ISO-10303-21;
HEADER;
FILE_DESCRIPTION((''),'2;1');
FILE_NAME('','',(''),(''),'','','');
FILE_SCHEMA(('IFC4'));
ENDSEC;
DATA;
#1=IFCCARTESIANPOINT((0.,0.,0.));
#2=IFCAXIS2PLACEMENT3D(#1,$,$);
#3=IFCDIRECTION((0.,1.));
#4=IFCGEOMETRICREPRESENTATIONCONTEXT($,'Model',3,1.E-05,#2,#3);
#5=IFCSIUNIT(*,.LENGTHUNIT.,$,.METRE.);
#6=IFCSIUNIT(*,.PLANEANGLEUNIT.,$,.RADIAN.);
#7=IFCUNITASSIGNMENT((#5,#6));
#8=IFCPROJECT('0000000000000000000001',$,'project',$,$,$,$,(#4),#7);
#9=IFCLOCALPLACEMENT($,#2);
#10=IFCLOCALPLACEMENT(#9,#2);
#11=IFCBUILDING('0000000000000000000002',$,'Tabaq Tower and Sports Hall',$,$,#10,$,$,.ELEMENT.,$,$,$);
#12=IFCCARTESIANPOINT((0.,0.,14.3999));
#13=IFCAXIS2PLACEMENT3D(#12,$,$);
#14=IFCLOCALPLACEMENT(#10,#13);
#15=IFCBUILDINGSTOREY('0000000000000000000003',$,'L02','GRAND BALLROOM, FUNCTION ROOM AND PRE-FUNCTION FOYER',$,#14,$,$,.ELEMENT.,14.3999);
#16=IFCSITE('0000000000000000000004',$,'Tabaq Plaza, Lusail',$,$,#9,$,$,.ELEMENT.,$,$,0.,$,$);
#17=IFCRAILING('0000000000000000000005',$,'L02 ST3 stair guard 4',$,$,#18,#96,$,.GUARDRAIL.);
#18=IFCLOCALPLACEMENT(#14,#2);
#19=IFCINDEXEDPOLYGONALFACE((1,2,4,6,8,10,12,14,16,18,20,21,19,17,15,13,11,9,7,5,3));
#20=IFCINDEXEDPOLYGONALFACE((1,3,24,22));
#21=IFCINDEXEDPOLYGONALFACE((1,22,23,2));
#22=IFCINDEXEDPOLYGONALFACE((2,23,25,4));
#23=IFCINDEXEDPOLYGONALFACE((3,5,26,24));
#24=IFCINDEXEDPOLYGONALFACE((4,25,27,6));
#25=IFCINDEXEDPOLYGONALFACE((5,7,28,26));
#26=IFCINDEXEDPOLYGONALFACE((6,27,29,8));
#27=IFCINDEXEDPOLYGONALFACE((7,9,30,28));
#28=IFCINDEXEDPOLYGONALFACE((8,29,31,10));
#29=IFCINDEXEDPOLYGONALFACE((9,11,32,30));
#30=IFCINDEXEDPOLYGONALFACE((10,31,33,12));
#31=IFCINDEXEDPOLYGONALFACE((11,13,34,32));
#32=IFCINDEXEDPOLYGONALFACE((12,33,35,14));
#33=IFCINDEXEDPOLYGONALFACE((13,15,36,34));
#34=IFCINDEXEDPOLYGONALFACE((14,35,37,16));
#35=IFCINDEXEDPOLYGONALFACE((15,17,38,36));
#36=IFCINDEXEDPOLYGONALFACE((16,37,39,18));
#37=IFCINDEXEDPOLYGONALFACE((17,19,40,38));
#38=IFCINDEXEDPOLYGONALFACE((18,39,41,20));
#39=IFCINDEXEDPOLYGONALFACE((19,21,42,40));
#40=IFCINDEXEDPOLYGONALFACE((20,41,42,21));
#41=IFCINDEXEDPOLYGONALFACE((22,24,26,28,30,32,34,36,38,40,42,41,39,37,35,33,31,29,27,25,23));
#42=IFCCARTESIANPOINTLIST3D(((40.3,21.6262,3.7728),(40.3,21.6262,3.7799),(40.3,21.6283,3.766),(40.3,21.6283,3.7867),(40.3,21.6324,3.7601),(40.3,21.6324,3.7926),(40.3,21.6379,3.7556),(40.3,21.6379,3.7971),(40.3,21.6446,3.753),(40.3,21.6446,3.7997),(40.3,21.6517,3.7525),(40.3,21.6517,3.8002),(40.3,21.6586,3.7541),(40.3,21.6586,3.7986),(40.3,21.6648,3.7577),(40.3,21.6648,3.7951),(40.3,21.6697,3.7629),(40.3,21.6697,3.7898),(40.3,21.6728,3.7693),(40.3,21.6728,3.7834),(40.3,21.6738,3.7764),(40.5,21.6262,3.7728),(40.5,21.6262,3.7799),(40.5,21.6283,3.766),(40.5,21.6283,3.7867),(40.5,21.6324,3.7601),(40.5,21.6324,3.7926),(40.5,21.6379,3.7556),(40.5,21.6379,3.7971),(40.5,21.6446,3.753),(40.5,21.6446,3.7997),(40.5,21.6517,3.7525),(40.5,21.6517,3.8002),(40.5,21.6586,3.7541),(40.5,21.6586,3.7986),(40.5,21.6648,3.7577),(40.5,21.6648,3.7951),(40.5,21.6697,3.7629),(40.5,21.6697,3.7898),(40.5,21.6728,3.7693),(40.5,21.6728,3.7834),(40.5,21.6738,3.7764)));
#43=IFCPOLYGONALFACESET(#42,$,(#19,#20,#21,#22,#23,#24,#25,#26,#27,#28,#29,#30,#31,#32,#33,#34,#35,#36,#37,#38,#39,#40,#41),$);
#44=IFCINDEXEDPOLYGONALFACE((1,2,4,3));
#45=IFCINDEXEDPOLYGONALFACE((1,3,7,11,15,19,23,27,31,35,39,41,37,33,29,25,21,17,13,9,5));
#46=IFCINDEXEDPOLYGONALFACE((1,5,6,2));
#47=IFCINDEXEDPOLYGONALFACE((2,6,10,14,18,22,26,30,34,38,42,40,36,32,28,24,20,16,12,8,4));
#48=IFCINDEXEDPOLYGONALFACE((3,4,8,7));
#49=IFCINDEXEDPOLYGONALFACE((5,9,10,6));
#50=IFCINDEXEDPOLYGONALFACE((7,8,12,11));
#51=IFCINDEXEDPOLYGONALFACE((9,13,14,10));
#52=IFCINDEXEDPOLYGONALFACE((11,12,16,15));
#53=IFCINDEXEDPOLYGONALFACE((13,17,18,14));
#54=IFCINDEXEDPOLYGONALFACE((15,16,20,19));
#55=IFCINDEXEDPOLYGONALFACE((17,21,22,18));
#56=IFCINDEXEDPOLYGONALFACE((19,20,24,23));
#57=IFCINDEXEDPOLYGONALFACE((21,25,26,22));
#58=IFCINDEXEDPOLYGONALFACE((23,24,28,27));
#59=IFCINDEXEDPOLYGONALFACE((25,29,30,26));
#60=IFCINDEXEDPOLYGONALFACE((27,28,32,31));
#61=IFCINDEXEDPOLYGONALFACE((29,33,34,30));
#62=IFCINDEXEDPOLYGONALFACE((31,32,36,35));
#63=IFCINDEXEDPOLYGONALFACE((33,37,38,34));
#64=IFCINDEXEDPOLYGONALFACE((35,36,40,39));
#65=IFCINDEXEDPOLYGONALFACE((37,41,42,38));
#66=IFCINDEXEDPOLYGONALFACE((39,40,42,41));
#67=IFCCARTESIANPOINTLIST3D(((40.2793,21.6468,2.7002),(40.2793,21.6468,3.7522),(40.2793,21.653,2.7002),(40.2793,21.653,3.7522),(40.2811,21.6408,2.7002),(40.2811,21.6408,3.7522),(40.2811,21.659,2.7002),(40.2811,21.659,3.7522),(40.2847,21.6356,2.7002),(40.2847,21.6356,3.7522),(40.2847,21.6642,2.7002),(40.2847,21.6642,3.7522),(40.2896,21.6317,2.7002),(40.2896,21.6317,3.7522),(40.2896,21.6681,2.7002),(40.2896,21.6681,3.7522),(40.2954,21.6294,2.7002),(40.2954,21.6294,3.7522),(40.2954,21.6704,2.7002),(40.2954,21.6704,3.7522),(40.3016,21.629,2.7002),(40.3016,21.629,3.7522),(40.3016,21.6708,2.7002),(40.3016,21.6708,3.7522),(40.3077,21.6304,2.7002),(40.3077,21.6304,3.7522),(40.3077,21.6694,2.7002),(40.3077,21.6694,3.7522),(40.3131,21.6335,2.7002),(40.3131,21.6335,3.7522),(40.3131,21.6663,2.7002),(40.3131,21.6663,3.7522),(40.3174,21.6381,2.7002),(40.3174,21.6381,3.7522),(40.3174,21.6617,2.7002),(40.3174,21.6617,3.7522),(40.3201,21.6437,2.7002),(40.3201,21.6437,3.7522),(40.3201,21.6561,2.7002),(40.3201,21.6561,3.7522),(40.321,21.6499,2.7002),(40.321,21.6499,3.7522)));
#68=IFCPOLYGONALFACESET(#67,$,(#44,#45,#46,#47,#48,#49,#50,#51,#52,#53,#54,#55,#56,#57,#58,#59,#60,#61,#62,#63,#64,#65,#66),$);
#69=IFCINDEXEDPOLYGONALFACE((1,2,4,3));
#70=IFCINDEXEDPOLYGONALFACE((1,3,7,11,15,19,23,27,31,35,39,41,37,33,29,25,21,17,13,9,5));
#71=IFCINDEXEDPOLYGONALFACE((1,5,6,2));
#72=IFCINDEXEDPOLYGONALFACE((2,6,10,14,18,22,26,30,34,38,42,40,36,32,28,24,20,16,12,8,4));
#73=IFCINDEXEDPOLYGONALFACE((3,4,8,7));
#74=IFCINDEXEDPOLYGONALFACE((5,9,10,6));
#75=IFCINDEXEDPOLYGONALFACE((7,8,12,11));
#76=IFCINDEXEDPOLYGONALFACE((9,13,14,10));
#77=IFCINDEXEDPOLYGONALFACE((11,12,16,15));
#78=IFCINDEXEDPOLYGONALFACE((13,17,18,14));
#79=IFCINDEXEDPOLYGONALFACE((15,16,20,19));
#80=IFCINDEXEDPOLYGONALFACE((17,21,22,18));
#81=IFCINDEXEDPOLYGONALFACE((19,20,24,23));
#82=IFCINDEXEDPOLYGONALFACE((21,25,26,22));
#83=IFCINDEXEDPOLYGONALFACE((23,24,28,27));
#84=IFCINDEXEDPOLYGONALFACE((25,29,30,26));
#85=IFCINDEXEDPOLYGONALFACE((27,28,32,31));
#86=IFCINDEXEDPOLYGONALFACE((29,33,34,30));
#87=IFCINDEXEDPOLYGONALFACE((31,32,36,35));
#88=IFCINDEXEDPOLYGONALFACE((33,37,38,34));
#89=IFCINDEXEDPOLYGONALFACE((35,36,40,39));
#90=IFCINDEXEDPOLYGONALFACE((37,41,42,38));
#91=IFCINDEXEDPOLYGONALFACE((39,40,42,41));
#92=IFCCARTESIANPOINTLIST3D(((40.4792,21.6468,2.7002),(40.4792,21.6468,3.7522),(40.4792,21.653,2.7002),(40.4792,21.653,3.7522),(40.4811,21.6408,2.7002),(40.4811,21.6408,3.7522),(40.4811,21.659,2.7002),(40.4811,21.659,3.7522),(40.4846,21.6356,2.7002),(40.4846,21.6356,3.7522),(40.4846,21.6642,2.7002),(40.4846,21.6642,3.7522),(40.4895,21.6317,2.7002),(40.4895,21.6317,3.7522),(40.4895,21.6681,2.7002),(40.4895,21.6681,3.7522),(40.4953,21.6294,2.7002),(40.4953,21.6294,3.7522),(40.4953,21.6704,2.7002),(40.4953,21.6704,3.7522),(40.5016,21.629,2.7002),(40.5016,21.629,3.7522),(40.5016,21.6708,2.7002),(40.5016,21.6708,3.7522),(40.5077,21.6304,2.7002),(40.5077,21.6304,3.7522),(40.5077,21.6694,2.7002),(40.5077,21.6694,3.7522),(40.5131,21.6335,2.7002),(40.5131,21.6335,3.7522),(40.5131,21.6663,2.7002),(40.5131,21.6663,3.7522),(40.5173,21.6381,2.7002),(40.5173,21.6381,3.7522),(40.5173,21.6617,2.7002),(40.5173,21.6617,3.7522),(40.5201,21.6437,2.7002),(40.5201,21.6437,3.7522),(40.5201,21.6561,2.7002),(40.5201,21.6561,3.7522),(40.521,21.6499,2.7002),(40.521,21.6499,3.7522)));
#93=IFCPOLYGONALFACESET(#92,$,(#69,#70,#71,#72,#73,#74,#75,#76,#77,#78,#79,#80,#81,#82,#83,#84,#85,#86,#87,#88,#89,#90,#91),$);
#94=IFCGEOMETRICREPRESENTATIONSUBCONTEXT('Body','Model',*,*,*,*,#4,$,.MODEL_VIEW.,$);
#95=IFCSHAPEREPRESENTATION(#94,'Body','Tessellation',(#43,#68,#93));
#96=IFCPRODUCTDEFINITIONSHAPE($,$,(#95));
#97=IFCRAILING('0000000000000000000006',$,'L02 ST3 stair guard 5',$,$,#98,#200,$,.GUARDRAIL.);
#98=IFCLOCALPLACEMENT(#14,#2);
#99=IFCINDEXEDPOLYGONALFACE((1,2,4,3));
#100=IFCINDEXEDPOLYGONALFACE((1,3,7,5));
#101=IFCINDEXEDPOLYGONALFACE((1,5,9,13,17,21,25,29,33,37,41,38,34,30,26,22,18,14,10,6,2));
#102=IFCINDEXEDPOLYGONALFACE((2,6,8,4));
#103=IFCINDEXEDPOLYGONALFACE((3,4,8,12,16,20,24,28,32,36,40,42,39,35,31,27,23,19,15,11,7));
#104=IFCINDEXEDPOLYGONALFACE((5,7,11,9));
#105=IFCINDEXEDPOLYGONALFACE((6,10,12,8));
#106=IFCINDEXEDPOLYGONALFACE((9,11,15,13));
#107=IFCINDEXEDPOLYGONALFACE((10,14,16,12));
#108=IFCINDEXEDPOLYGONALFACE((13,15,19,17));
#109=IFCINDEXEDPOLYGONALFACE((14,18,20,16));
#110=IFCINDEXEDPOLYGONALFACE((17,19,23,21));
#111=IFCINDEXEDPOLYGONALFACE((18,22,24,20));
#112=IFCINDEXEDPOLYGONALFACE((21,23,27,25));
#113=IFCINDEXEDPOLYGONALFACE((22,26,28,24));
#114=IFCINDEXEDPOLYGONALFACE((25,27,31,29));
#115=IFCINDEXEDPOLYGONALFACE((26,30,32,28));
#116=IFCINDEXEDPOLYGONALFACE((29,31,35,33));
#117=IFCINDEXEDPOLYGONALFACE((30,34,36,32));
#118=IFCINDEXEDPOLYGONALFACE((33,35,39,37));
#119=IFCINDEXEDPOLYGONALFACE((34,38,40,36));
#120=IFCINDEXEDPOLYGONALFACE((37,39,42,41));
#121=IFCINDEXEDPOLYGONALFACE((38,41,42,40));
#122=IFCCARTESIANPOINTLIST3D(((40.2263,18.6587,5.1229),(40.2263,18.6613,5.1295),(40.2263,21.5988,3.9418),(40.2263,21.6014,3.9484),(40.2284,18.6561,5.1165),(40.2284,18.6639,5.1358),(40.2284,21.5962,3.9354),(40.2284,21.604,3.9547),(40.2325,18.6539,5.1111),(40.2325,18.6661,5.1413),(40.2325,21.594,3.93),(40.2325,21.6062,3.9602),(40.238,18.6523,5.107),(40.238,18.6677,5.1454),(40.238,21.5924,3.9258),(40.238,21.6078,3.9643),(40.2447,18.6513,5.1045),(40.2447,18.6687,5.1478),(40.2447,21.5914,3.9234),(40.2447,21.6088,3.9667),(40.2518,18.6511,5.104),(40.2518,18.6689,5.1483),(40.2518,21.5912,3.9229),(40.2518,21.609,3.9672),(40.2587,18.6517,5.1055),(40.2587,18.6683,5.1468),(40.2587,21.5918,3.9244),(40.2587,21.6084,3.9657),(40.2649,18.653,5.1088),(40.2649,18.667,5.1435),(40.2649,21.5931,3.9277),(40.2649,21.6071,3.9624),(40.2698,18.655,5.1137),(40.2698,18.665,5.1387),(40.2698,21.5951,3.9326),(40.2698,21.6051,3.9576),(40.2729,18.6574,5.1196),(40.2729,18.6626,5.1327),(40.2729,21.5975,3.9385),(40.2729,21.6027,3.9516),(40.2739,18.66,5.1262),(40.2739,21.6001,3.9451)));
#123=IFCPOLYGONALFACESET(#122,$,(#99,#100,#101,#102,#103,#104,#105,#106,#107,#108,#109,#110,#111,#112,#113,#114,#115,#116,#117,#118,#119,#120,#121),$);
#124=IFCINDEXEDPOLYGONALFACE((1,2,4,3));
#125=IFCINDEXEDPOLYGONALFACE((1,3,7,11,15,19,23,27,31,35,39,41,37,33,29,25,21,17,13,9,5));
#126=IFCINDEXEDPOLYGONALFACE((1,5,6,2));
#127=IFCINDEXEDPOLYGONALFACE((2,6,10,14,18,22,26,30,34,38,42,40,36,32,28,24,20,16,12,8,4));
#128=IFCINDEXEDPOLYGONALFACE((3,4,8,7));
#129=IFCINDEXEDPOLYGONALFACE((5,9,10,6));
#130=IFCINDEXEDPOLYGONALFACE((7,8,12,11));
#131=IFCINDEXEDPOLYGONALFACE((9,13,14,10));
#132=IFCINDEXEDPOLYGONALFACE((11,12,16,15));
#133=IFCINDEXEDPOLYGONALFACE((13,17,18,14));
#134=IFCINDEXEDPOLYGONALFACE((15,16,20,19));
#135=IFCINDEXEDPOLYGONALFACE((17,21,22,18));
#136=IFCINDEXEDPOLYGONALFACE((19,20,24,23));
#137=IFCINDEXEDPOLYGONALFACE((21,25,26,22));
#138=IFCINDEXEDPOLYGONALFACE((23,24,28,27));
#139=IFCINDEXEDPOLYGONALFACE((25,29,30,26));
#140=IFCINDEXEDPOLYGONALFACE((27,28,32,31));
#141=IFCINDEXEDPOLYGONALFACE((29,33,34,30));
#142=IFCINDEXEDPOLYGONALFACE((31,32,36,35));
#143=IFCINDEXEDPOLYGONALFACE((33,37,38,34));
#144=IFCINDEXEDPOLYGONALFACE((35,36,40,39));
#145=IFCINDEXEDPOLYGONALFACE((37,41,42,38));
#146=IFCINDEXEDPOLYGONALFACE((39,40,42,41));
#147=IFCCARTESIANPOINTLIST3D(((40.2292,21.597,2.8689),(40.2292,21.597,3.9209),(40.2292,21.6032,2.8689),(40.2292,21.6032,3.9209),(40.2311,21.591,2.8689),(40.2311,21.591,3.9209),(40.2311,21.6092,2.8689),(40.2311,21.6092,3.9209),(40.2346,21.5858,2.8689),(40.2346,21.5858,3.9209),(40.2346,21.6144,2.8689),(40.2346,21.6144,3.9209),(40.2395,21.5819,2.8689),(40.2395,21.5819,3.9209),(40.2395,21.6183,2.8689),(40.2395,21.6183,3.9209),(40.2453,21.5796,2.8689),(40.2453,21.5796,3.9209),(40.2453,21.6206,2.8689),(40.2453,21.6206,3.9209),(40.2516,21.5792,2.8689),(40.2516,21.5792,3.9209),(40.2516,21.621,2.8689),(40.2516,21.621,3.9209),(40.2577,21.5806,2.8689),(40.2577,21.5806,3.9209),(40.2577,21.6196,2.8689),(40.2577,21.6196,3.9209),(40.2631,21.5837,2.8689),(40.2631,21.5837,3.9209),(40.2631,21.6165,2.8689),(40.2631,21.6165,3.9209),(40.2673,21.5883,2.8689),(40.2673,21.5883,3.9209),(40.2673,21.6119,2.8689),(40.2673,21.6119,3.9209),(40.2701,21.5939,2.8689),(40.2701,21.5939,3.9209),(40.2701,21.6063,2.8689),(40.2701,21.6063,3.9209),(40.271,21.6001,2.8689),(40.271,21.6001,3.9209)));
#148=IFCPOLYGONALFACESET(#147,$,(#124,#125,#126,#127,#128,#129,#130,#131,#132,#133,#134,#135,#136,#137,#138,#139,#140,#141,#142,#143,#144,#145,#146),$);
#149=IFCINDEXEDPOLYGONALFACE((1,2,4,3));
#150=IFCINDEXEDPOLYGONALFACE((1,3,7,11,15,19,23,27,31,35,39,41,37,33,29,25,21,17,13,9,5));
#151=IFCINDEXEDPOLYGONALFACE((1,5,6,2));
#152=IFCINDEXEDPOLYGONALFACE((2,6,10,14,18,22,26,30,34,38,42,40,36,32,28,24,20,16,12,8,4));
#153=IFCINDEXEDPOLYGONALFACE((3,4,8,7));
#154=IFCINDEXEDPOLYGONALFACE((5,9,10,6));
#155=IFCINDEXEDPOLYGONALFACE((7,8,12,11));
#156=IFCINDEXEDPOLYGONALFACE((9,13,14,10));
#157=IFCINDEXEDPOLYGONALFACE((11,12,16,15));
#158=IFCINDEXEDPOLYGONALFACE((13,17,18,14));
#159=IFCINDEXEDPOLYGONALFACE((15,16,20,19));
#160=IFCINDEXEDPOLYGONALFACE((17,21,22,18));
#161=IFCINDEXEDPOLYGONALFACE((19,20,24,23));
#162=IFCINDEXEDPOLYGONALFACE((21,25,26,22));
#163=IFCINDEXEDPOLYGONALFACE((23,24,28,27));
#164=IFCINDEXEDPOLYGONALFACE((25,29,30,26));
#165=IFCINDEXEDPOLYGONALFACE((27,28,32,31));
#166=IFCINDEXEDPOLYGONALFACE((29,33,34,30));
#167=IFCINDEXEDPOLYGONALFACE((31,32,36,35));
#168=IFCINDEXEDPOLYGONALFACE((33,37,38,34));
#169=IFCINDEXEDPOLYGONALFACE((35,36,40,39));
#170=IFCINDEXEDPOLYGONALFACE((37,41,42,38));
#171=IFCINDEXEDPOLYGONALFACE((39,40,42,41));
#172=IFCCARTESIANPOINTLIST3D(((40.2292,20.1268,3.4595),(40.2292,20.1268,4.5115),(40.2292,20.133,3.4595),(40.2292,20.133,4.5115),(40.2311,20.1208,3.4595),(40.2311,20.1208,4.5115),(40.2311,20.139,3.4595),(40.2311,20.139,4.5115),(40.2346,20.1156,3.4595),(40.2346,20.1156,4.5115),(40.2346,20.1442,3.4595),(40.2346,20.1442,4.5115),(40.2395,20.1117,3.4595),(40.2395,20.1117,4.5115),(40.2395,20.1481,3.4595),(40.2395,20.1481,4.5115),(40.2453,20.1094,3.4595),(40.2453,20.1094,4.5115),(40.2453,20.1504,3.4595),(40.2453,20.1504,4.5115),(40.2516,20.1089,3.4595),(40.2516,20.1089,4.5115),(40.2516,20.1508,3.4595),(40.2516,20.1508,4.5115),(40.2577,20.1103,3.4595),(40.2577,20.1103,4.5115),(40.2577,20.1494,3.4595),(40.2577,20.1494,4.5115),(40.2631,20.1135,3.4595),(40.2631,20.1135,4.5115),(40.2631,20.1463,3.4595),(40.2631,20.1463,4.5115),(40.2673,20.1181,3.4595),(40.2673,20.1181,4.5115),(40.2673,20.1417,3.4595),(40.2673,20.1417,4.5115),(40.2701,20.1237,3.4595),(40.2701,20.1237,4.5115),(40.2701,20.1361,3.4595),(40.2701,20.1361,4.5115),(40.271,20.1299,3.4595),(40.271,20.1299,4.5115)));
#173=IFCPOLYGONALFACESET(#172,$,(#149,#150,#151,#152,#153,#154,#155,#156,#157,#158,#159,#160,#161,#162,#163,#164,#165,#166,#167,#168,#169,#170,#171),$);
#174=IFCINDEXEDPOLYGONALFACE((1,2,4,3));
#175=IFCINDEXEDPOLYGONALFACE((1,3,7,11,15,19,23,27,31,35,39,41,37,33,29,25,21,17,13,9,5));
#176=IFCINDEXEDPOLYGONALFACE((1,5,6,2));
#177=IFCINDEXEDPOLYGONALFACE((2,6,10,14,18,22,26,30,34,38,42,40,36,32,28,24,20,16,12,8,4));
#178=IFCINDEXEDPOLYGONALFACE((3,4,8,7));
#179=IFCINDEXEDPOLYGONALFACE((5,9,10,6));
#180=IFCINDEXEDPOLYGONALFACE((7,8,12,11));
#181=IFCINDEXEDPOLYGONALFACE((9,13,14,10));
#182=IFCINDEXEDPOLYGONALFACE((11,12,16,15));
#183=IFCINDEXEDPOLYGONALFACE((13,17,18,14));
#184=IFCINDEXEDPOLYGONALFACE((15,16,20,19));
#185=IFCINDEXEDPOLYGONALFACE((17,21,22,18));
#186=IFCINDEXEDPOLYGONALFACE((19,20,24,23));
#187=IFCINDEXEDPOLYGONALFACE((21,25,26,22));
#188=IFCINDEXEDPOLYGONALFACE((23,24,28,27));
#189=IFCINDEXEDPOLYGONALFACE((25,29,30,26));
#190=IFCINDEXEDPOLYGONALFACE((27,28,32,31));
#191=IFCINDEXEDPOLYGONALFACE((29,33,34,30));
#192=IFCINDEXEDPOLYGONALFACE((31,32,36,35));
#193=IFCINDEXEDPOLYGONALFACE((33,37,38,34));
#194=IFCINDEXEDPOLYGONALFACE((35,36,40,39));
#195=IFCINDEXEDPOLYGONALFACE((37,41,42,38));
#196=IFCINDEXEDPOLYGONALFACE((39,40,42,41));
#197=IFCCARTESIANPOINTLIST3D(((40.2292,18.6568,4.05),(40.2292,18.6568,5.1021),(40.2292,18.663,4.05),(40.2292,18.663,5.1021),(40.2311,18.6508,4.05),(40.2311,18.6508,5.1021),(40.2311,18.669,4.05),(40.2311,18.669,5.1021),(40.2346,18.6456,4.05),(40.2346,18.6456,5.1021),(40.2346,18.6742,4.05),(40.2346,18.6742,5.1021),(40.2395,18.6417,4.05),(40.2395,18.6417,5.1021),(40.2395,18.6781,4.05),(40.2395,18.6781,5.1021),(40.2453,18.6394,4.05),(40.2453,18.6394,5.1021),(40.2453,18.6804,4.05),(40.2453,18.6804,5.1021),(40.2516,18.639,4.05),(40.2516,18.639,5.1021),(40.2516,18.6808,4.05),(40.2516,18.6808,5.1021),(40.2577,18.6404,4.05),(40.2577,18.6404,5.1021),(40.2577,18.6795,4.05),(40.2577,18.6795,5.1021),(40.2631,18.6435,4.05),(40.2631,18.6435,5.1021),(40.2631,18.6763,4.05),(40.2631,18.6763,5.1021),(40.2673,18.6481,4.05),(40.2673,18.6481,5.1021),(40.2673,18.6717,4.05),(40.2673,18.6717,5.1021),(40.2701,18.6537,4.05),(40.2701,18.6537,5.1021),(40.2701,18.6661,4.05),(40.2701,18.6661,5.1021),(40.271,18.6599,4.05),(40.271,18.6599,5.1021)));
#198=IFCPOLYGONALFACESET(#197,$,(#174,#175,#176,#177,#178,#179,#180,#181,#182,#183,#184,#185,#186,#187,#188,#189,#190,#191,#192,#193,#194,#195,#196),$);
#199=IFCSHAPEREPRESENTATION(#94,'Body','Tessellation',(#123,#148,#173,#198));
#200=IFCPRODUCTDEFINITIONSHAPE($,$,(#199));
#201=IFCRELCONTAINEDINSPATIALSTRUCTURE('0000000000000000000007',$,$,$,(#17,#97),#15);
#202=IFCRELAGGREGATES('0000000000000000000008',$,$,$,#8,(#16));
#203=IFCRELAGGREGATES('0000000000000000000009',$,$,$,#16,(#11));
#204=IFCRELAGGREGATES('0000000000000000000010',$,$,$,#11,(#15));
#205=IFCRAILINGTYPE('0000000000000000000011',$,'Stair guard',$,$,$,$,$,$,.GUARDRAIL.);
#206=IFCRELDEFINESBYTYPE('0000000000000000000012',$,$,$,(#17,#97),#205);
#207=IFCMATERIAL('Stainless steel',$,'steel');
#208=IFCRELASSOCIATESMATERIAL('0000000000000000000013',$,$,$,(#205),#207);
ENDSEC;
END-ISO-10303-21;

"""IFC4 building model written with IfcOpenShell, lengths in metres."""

from ifc_helpers import new_model, si_unit, direction, frame, origin, origin_2d, place, context, subcontext, project, spatial, circle, extrude, material, type_object, element, save


model = new_model("IFC4")

# Units and contexts
model_context = context("Model", 3, precision=1e-05, world=origin(), true_north=direction((0.0, 1.0)))
body_context = subcontext(model_context, "Body", "Model", "MODEL_VIEW")
ifc_project = project(units=[si_unit("LENGTHUNIT", "METRE"), si_unit("PLANEANGLEUNIT", "RADIAN")], contexts=[model_context])

# Site, building, storey
site_placement = place(None, origin())
site = spatial("IfcSite", under=ifc_project, at=site_placement, Name="Tabaq Plaza, Lusail", CompositionType="ELEMENT", RefElevation=0.0)
building_placement = place(site_placement, origin())
building = spatial("IfcBuilding", under=site, at=building_placement, Name="Tabaq Tower and Sports Hall", CompositionType="ELEMENT")
storey_placement = place(building_placement, frame((0.0, 0.0, 14.3999)))
storey = spatial("IfcBuildingStorey", under=building, at=storey_placement, Name="L02", Description="GRAND BALLROOM, FUNCTION ROOM AND PRE-FUNCTION FOYER", CompositionType="ELEMENT", Elevation=14.3999)

# Railings
ifc_material_1 = material(Name="Stainless steel", Category="steel")
railing_type_1 = type_object("IfcRailingType", Name="Stair guard", PredefinedType="GUARDRAIL", material=ifc_material_1)
railing_1_placement = place(storey_placement, frame((40.3, 21.6499, 2.7002)))
element("IfcRailing", 1, at=railing_1_placement, inside=storey, type_object=railing_type_1, Name="L02 ST3 stair guard 4", PredefinedType="GUARDRAIL", context=body_context, shape_type="SweptSolid", body=[
    extrude(circle(Radius=0.0239, at=origin_2d()), frame((0.0, 0.0, 1.0762), z_axis=(1.0, 0.0, 0.0), x_axis=(0.0, 1.0, 0.0)), (0.0, 0.0, 1.0), 0.2),
    extrude(circle(Radius=0.021, at=origin_2d()), origin(), (0.0, 0.0, 1.0), 1.052),
    extrude(circle(Radius=0.021, at=origin_2d()), frame((0.2, 0.0, 0.0)), (0.0, 0.0, 1.0), 1.052),
])
railing_2_placement = place(storey_placement, frame((40.25, 21.6001, 2.8689)))
element("IfcRailing", 2, at=railing_2_placement, inside=storey, type_object=railing_type_1, Name="L02 ST3 stair guard 5", PredefinedType="GUARDRAIL", context=body_context, shape_type="SweptSolid", body=[
    extrude(circle(Radius=0.0239, at=origin_2d()), frame((0.0, 0.0, 1.0762), z_axis=(0.0, -0.927923, 0.372772), x_axis=(1.0, 0.0, 0.0)), (0.0, 0.0, 1.0), 3.1685),
    extrude(circle(Radius=0.021, at=origin_2d()), origin(), (0.0, 0.0, 1.0), 1.052),
    extrude(circle(Radius=0.021, at=origin_2d()), frame((0.0, -1.4702, 0.5906)), (0.0, 0.0, 1.0), 1.052),
    extrude(circle(Radius=0.021, at=origin_2d()), frame((0.0, -2.9402, 1.1812)), (0.0, 0.0, 1.0), 1.052),
])

save(model, "model.ifc")
